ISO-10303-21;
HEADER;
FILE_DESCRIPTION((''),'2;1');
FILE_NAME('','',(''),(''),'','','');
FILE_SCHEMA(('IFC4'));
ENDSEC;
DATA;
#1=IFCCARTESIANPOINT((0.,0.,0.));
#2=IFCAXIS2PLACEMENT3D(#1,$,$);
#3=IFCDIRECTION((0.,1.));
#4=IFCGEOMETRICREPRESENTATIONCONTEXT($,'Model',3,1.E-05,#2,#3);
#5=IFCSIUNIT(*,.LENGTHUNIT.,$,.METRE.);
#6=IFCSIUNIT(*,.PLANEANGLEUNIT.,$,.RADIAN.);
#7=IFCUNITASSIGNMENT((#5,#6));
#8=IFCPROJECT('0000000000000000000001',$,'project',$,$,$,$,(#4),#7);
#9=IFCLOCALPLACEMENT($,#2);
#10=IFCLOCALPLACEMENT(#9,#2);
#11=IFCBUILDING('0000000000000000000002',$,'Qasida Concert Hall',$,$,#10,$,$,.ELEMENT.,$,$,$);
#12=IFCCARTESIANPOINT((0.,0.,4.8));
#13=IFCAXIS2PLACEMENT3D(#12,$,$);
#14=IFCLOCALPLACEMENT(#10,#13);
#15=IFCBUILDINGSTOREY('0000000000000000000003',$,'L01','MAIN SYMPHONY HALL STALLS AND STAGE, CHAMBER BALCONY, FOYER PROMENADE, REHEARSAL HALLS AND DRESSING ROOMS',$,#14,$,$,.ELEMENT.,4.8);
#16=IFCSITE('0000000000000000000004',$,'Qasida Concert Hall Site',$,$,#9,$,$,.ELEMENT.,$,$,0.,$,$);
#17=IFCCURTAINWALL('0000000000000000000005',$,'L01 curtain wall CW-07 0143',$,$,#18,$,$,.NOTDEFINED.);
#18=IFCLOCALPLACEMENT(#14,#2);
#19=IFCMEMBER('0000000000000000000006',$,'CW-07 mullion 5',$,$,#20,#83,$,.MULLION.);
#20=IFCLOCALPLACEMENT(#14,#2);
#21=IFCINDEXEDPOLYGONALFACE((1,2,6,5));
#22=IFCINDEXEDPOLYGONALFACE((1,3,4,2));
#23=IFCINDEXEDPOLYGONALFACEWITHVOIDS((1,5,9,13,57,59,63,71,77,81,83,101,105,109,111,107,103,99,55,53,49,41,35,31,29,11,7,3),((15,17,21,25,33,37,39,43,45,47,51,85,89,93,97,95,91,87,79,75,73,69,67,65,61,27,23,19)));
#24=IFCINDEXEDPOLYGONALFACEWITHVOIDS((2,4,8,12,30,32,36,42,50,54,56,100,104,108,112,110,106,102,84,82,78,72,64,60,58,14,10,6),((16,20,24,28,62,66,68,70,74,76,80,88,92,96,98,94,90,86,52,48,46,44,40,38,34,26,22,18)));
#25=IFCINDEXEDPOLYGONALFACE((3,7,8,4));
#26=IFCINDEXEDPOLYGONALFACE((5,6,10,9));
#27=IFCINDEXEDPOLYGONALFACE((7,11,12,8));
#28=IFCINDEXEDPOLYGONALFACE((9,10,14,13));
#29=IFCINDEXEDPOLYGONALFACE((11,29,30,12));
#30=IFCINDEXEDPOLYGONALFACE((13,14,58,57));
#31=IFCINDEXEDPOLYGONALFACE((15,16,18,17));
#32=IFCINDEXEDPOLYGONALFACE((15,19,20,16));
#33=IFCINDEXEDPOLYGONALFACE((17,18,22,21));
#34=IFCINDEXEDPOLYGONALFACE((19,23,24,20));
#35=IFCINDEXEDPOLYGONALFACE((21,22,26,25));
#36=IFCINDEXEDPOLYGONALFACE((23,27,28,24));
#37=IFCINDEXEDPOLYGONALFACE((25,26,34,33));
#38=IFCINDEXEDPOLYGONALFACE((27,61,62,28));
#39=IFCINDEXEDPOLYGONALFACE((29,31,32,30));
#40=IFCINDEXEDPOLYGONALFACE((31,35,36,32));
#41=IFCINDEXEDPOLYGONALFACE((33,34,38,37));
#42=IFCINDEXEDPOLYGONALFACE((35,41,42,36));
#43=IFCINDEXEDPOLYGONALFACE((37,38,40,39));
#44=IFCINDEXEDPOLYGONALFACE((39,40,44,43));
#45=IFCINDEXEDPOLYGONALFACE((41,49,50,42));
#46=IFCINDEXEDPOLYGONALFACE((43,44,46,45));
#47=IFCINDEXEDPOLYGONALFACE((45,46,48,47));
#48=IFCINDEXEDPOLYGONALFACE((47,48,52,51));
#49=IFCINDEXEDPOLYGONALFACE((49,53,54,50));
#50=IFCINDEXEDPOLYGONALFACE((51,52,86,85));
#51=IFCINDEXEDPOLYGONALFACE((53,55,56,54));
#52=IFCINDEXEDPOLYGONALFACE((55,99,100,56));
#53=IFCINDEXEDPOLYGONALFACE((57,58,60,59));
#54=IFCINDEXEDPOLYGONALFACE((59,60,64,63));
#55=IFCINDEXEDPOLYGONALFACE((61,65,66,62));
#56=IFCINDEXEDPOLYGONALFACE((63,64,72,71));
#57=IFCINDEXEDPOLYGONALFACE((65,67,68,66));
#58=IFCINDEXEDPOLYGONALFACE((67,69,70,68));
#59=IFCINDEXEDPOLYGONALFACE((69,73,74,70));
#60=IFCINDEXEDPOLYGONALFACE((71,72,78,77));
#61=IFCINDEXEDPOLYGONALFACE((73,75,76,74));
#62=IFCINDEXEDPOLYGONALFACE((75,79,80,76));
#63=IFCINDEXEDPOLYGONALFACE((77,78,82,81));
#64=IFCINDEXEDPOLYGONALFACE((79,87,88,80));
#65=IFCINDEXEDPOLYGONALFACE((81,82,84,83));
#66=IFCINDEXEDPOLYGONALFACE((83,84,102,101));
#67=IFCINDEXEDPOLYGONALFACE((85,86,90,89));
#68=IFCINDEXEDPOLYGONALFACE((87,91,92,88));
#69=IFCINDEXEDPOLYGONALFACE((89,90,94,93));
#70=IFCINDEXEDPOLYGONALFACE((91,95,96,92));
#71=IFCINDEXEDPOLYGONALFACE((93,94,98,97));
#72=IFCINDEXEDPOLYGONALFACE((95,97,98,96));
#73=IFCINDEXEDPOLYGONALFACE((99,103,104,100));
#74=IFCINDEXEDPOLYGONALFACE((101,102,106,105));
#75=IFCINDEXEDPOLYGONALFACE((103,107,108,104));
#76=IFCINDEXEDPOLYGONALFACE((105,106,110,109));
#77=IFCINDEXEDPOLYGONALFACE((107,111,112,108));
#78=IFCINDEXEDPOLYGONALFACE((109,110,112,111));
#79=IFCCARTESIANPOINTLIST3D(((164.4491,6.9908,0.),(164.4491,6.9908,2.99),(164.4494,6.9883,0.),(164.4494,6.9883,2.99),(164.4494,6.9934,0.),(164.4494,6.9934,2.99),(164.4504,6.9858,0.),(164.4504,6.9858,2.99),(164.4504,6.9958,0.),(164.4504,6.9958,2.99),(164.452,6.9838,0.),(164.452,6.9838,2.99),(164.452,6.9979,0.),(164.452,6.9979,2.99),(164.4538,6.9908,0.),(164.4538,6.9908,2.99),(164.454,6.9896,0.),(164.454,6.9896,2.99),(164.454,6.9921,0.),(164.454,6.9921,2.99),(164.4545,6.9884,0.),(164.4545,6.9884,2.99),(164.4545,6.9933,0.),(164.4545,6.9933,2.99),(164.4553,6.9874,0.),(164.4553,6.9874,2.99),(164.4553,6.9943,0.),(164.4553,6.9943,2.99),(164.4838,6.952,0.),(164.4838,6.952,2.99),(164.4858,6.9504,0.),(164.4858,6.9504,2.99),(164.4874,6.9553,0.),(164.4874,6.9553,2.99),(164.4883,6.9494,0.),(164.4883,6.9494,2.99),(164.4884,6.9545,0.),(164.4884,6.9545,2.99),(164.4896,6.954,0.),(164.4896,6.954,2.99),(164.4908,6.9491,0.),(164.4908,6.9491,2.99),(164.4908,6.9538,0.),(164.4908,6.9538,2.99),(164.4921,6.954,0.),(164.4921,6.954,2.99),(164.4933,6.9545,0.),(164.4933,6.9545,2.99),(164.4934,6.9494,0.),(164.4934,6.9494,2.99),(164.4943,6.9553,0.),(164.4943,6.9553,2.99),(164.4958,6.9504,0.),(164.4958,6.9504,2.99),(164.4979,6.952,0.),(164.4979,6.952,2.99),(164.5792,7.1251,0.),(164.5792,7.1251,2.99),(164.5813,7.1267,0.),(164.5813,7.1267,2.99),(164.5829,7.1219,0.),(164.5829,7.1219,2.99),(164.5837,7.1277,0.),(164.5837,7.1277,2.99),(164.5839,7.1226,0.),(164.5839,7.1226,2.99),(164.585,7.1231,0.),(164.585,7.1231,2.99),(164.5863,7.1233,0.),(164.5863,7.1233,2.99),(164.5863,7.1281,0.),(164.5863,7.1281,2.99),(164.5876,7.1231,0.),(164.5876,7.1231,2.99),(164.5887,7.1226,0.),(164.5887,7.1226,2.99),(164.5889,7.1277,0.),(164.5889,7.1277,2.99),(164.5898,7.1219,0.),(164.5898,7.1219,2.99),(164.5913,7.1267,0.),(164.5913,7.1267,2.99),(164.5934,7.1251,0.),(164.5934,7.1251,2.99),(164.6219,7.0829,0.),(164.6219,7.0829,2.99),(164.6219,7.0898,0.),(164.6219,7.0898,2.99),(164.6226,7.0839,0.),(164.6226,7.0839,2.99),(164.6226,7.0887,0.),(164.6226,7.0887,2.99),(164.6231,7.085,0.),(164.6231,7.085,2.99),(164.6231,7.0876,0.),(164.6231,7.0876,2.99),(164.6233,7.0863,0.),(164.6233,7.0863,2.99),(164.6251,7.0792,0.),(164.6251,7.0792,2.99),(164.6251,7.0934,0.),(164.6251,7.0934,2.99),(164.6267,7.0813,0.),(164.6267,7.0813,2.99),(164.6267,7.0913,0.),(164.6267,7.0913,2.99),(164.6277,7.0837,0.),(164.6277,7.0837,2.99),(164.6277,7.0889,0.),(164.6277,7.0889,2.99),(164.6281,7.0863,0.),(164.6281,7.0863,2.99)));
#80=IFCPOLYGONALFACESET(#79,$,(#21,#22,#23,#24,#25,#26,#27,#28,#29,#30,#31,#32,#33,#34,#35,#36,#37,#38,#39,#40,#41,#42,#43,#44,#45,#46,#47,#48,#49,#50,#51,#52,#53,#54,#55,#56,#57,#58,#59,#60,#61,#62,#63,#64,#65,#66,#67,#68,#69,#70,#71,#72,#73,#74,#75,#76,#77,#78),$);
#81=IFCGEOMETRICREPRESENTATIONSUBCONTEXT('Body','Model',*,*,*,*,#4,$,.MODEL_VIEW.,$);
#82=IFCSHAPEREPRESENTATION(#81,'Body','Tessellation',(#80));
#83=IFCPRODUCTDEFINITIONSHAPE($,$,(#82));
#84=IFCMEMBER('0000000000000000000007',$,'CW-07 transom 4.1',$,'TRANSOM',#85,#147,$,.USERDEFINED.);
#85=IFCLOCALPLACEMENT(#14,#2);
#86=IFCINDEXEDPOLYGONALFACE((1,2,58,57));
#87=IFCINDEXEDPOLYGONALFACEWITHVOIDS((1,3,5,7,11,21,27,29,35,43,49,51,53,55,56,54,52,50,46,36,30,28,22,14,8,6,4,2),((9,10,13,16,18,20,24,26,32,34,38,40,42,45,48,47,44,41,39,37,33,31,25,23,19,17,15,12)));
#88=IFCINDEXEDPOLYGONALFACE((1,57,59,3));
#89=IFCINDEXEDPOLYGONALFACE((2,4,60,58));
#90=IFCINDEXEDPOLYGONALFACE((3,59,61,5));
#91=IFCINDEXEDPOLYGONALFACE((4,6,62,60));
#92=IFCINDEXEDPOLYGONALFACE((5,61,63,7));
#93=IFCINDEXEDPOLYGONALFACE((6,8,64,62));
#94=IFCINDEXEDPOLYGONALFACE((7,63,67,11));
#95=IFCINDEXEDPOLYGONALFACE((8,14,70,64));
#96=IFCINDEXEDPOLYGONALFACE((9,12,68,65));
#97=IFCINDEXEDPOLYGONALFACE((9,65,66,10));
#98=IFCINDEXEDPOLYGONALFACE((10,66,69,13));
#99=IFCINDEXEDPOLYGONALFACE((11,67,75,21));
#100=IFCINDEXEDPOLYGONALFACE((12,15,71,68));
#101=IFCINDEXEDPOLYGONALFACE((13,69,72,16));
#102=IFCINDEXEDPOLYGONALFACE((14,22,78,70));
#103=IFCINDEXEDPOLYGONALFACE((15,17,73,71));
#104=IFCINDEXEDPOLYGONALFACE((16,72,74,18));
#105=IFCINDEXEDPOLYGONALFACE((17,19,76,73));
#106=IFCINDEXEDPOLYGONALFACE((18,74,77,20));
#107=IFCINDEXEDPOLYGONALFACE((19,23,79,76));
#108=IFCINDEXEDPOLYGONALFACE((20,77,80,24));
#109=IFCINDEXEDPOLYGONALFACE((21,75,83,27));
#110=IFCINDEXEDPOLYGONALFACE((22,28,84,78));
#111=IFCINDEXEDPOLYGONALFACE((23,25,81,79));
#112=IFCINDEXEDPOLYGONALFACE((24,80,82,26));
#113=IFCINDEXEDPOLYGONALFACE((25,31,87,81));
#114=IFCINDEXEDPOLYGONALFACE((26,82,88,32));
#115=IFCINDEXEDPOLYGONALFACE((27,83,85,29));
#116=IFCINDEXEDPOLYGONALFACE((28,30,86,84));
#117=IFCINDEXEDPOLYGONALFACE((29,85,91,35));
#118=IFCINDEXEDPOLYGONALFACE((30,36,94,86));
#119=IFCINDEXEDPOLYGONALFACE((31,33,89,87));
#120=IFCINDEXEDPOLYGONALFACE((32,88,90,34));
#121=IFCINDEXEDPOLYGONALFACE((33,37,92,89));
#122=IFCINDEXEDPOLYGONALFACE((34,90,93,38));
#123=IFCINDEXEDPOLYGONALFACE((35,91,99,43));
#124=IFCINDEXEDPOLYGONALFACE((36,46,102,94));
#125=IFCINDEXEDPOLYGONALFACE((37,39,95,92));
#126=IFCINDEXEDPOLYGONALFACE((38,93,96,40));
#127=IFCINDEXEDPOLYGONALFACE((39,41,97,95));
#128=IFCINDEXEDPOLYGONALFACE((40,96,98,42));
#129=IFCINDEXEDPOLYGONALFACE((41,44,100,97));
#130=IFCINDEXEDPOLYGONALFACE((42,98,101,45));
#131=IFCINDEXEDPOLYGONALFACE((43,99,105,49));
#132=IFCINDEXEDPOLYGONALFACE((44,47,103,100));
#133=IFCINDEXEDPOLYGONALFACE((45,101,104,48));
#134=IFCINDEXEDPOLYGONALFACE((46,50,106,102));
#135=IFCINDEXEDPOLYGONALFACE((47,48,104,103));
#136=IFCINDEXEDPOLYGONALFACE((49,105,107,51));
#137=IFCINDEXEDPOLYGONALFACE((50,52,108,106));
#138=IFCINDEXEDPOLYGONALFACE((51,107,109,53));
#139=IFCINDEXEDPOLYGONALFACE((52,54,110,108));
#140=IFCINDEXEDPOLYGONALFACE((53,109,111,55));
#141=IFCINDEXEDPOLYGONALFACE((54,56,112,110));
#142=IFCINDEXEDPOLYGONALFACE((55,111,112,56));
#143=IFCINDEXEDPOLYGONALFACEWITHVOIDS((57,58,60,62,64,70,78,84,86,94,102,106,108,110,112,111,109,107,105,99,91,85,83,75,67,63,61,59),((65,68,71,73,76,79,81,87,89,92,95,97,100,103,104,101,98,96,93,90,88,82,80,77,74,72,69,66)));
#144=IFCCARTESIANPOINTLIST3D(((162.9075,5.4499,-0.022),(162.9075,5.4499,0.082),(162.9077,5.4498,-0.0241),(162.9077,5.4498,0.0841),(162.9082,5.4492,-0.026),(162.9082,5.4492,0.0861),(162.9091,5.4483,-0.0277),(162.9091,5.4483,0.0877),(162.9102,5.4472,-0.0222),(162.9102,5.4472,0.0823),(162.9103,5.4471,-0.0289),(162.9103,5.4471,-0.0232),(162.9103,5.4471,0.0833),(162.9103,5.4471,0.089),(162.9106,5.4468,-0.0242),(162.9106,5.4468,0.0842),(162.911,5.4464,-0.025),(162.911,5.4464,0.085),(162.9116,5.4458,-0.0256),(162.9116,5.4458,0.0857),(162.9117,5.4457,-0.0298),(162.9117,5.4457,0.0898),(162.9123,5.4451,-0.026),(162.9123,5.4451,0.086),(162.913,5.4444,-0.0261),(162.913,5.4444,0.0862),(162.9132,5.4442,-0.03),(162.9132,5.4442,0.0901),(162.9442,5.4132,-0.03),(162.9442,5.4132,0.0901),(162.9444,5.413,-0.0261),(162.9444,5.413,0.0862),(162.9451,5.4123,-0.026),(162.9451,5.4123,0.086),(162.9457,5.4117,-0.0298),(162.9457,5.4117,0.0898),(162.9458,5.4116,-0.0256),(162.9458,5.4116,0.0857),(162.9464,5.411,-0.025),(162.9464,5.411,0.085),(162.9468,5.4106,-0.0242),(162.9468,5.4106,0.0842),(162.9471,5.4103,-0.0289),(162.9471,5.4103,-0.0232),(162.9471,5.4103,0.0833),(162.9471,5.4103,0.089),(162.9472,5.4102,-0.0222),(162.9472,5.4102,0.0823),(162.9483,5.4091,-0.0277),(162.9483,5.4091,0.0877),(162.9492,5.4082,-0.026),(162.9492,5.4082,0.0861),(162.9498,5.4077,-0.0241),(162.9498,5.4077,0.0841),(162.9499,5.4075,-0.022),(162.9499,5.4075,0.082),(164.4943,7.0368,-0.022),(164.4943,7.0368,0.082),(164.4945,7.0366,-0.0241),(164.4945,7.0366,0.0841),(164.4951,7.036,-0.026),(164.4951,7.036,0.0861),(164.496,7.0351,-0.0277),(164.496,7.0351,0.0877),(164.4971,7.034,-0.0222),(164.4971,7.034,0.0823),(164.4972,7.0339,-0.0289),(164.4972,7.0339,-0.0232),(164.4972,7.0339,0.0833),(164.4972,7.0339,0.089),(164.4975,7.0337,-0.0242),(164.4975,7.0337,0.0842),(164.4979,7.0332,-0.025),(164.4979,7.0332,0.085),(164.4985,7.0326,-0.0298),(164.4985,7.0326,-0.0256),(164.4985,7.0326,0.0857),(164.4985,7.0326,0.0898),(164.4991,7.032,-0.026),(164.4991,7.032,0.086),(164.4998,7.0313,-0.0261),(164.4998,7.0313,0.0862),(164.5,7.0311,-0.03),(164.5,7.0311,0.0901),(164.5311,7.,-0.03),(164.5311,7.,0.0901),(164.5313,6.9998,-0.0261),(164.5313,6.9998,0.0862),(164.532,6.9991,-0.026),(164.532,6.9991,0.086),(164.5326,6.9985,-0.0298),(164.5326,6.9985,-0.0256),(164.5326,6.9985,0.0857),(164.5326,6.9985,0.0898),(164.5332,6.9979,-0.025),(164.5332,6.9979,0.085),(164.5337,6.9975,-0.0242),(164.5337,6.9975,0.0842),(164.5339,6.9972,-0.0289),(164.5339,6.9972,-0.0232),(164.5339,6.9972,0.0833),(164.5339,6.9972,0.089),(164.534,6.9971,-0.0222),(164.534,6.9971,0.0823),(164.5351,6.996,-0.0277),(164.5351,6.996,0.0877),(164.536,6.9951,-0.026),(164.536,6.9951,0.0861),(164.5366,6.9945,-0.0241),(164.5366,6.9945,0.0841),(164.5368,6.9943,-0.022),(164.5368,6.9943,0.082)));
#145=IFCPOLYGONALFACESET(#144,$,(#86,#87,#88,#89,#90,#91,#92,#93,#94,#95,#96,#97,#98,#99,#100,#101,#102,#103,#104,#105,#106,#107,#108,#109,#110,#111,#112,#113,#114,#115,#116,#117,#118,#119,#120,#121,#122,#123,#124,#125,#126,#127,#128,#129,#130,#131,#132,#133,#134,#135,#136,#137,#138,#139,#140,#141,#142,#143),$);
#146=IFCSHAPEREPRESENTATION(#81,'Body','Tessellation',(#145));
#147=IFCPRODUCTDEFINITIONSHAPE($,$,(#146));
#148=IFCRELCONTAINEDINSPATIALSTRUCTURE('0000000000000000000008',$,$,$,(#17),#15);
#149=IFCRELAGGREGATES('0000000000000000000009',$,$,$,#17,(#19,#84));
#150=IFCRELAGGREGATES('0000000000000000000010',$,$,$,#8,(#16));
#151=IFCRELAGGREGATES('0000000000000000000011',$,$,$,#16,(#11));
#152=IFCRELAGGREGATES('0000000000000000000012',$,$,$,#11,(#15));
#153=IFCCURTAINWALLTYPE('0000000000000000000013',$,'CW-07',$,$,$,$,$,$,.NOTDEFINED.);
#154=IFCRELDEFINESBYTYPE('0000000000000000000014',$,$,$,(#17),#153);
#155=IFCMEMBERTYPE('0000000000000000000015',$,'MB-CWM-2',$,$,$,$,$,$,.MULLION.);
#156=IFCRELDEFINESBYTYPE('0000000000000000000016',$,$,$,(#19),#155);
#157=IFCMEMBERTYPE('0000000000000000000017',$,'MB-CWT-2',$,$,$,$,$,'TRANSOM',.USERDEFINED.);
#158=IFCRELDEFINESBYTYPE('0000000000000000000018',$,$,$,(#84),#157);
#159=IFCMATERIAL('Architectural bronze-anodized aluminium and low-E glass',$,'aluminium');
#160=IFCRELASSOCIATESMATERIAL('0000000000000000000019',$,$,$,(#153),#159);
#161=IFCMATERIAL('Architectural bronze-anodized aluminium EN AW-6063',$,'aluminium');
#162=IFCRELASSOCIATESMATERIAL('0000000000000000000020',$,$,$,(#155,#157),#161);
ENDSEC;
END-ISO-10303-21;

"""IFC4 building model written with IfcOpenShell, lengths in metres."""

from ifc_helpers import new_model, si_unit, direction, frame, origin, origin_2d, place, context, subcontext, project, spatial, hollow_rectangle, extrude, material, material_profile, profile_set, type_object, element, aggregate, save


model = new_model("IFC4")

# Units and contexts
model_context = context("Model", 3, precision=1e-05, world=origin(), true_north=direction((0.0, 1.0)))
body_context = subcontext(model_context, "Body", "Model", "MODEL_VIEW")
ifc_project = project(units=[si_unit("LENGTHUNIT", "METRE"), si_unit("PLANEANGLEUNIT", "RADIAN")], contexts=[model_context])

# Site, building, storey
site_placement = place(None, origin())
site = spatial("IfcSite", under=ifc_project, at=site_placement, Name="Qasida Concert Hall Site", CompositionType="ELEMENT", RefElevation=0.0)
building_placement = place(site_placement, origin())
building = spatial("IfcBuilding", under=site, at=building_placement, Name="Qasida Concert Hall", CompositionType="ELEMENT")
storey_placement = place(building_placement, frame((0.0, 0.0, 4.8)))
storey = spatial("IfcBuildingStorey", under=building, at=storey_placement, Name="L01", Description="MAIN SYMPHONY HALL STALLS AND STAGE, CHAMBER BALCONY, FOYER PROMENADE, REHEARSAL HALLS AND DRESSING ROOMS", CompositionType="ELEMENT", Elevation=4.8)

# Curtain wall, members
ifc_material_1 = material(Name="Architectural bronze-anodized aluminium and low-E glass", Category="aluminium")
curtain_wall_type = type_object("IfcCurtainWallType", Name="CW-07", PredefinedType="NOTDEFINED", material=ifc_material_1)
curtain_wall_placement = place(storey_placement, origin())
curtain_wall = element("IfcCurtainWall", 1, at=curtain_wall_placement, inside=storey, type_object=curtain_wall_type, Name="L01 curtain wall CW-07 0143", PredefinedType="NOTDEFINED")
ifc_material_2 = material(Name="Architectural bronze-anodized aluminium EN AW-6063", Category="aluminium")
ifc_material_profile_1 = material_profile(ifc_material_2, hollow_rectangle(XDim=0.0649, YDim=0.2, WallThickness=0.0049, InnerFilletRadius=0.0049, OuterFilletRadius=0.01, at=origin_2d()), Name="CWM 200x65x5")
ifc_profile_set_1 = profile_set([ifc_material_profile_1], Name="Architectural bronze-anodized aluminium EN AW-6063")
member_type_1 = type_object("IfcMemberType", Name="MB-CWM-2", PredefinedType="MULLION", material=ifc_profile_set_1)
member_1_placement = place(storey_placement, frame((164.5386, 7.0386, 0.0), z_axis=(0.0, 0.0, 1.0), x_axis=(-0.707107, 0.707107, 0.0)))
member_1 = element("IfcMember", 2, at=member_1_placement, type_object=member_type_1, Name="CW-07 mullion 5", PredefinedType="MULLION", context=body_context, shape_type="SweptSolid", body=[
    extrude(hollow_rectangle(XDim=0.0649, YDim=0.2, WallThickness=0.0049, InnerFilletRadius=0.0049, OuterFilletRadius=0.01, at=origin_2d()), origin(), (0.0, 0.0, 1.0), 2.99),
])
ifc_material_profile_2 = material_profile(ifc_material_2, hollow_rectangle(XDim=0.0601, YDim=0.1201, WallThickness=0.0039, InnerFilletRadius=0.0039, OuterFilletRadius=0.0081, at=origin_2d()), Name="CWT 120x60x4")
ifc_profile_set_2 = profile_set([ifc_material_profile_2], Name="Architectural bronze-anodized aluminium EN AW-6063")
member_type_2 = type_object("IfcMemberType", Name="MB-CWT-2", ElementType="TRANSOM", PredefinedType="USERDEFINED", material=ifc_profile_set_2)
member_2_placement = place(storey_placement, frame((162.9287, 5.4287, 0.03), z_axis=(0.707107, 0.707107, 0.0), x_axis=(-0.707107, 0.707107, 0.0)))
member_2 = element("IfcMember", 3, at=member_2_placement, type_object=member_type_2, Name="CW-07 transom 4.1", ObjectType="TRANSOM", PredefinedType="USERDEFINED", context=body_context, shape_type="SweptSolid", body=[
    extrude(hollow_rectangle(XDim=0.0601, YDim=0.1201, WallThickness=0.0039, InnerFilletRadius=0.0039, OuterFilletRadius=0.0081, at=origin_2d()), origin(), (0.0, 0.0, 1.0), 2.2441),
])
aggregate(curtain_wall, [member_1, member_2])

save(model, "model.ifc")
